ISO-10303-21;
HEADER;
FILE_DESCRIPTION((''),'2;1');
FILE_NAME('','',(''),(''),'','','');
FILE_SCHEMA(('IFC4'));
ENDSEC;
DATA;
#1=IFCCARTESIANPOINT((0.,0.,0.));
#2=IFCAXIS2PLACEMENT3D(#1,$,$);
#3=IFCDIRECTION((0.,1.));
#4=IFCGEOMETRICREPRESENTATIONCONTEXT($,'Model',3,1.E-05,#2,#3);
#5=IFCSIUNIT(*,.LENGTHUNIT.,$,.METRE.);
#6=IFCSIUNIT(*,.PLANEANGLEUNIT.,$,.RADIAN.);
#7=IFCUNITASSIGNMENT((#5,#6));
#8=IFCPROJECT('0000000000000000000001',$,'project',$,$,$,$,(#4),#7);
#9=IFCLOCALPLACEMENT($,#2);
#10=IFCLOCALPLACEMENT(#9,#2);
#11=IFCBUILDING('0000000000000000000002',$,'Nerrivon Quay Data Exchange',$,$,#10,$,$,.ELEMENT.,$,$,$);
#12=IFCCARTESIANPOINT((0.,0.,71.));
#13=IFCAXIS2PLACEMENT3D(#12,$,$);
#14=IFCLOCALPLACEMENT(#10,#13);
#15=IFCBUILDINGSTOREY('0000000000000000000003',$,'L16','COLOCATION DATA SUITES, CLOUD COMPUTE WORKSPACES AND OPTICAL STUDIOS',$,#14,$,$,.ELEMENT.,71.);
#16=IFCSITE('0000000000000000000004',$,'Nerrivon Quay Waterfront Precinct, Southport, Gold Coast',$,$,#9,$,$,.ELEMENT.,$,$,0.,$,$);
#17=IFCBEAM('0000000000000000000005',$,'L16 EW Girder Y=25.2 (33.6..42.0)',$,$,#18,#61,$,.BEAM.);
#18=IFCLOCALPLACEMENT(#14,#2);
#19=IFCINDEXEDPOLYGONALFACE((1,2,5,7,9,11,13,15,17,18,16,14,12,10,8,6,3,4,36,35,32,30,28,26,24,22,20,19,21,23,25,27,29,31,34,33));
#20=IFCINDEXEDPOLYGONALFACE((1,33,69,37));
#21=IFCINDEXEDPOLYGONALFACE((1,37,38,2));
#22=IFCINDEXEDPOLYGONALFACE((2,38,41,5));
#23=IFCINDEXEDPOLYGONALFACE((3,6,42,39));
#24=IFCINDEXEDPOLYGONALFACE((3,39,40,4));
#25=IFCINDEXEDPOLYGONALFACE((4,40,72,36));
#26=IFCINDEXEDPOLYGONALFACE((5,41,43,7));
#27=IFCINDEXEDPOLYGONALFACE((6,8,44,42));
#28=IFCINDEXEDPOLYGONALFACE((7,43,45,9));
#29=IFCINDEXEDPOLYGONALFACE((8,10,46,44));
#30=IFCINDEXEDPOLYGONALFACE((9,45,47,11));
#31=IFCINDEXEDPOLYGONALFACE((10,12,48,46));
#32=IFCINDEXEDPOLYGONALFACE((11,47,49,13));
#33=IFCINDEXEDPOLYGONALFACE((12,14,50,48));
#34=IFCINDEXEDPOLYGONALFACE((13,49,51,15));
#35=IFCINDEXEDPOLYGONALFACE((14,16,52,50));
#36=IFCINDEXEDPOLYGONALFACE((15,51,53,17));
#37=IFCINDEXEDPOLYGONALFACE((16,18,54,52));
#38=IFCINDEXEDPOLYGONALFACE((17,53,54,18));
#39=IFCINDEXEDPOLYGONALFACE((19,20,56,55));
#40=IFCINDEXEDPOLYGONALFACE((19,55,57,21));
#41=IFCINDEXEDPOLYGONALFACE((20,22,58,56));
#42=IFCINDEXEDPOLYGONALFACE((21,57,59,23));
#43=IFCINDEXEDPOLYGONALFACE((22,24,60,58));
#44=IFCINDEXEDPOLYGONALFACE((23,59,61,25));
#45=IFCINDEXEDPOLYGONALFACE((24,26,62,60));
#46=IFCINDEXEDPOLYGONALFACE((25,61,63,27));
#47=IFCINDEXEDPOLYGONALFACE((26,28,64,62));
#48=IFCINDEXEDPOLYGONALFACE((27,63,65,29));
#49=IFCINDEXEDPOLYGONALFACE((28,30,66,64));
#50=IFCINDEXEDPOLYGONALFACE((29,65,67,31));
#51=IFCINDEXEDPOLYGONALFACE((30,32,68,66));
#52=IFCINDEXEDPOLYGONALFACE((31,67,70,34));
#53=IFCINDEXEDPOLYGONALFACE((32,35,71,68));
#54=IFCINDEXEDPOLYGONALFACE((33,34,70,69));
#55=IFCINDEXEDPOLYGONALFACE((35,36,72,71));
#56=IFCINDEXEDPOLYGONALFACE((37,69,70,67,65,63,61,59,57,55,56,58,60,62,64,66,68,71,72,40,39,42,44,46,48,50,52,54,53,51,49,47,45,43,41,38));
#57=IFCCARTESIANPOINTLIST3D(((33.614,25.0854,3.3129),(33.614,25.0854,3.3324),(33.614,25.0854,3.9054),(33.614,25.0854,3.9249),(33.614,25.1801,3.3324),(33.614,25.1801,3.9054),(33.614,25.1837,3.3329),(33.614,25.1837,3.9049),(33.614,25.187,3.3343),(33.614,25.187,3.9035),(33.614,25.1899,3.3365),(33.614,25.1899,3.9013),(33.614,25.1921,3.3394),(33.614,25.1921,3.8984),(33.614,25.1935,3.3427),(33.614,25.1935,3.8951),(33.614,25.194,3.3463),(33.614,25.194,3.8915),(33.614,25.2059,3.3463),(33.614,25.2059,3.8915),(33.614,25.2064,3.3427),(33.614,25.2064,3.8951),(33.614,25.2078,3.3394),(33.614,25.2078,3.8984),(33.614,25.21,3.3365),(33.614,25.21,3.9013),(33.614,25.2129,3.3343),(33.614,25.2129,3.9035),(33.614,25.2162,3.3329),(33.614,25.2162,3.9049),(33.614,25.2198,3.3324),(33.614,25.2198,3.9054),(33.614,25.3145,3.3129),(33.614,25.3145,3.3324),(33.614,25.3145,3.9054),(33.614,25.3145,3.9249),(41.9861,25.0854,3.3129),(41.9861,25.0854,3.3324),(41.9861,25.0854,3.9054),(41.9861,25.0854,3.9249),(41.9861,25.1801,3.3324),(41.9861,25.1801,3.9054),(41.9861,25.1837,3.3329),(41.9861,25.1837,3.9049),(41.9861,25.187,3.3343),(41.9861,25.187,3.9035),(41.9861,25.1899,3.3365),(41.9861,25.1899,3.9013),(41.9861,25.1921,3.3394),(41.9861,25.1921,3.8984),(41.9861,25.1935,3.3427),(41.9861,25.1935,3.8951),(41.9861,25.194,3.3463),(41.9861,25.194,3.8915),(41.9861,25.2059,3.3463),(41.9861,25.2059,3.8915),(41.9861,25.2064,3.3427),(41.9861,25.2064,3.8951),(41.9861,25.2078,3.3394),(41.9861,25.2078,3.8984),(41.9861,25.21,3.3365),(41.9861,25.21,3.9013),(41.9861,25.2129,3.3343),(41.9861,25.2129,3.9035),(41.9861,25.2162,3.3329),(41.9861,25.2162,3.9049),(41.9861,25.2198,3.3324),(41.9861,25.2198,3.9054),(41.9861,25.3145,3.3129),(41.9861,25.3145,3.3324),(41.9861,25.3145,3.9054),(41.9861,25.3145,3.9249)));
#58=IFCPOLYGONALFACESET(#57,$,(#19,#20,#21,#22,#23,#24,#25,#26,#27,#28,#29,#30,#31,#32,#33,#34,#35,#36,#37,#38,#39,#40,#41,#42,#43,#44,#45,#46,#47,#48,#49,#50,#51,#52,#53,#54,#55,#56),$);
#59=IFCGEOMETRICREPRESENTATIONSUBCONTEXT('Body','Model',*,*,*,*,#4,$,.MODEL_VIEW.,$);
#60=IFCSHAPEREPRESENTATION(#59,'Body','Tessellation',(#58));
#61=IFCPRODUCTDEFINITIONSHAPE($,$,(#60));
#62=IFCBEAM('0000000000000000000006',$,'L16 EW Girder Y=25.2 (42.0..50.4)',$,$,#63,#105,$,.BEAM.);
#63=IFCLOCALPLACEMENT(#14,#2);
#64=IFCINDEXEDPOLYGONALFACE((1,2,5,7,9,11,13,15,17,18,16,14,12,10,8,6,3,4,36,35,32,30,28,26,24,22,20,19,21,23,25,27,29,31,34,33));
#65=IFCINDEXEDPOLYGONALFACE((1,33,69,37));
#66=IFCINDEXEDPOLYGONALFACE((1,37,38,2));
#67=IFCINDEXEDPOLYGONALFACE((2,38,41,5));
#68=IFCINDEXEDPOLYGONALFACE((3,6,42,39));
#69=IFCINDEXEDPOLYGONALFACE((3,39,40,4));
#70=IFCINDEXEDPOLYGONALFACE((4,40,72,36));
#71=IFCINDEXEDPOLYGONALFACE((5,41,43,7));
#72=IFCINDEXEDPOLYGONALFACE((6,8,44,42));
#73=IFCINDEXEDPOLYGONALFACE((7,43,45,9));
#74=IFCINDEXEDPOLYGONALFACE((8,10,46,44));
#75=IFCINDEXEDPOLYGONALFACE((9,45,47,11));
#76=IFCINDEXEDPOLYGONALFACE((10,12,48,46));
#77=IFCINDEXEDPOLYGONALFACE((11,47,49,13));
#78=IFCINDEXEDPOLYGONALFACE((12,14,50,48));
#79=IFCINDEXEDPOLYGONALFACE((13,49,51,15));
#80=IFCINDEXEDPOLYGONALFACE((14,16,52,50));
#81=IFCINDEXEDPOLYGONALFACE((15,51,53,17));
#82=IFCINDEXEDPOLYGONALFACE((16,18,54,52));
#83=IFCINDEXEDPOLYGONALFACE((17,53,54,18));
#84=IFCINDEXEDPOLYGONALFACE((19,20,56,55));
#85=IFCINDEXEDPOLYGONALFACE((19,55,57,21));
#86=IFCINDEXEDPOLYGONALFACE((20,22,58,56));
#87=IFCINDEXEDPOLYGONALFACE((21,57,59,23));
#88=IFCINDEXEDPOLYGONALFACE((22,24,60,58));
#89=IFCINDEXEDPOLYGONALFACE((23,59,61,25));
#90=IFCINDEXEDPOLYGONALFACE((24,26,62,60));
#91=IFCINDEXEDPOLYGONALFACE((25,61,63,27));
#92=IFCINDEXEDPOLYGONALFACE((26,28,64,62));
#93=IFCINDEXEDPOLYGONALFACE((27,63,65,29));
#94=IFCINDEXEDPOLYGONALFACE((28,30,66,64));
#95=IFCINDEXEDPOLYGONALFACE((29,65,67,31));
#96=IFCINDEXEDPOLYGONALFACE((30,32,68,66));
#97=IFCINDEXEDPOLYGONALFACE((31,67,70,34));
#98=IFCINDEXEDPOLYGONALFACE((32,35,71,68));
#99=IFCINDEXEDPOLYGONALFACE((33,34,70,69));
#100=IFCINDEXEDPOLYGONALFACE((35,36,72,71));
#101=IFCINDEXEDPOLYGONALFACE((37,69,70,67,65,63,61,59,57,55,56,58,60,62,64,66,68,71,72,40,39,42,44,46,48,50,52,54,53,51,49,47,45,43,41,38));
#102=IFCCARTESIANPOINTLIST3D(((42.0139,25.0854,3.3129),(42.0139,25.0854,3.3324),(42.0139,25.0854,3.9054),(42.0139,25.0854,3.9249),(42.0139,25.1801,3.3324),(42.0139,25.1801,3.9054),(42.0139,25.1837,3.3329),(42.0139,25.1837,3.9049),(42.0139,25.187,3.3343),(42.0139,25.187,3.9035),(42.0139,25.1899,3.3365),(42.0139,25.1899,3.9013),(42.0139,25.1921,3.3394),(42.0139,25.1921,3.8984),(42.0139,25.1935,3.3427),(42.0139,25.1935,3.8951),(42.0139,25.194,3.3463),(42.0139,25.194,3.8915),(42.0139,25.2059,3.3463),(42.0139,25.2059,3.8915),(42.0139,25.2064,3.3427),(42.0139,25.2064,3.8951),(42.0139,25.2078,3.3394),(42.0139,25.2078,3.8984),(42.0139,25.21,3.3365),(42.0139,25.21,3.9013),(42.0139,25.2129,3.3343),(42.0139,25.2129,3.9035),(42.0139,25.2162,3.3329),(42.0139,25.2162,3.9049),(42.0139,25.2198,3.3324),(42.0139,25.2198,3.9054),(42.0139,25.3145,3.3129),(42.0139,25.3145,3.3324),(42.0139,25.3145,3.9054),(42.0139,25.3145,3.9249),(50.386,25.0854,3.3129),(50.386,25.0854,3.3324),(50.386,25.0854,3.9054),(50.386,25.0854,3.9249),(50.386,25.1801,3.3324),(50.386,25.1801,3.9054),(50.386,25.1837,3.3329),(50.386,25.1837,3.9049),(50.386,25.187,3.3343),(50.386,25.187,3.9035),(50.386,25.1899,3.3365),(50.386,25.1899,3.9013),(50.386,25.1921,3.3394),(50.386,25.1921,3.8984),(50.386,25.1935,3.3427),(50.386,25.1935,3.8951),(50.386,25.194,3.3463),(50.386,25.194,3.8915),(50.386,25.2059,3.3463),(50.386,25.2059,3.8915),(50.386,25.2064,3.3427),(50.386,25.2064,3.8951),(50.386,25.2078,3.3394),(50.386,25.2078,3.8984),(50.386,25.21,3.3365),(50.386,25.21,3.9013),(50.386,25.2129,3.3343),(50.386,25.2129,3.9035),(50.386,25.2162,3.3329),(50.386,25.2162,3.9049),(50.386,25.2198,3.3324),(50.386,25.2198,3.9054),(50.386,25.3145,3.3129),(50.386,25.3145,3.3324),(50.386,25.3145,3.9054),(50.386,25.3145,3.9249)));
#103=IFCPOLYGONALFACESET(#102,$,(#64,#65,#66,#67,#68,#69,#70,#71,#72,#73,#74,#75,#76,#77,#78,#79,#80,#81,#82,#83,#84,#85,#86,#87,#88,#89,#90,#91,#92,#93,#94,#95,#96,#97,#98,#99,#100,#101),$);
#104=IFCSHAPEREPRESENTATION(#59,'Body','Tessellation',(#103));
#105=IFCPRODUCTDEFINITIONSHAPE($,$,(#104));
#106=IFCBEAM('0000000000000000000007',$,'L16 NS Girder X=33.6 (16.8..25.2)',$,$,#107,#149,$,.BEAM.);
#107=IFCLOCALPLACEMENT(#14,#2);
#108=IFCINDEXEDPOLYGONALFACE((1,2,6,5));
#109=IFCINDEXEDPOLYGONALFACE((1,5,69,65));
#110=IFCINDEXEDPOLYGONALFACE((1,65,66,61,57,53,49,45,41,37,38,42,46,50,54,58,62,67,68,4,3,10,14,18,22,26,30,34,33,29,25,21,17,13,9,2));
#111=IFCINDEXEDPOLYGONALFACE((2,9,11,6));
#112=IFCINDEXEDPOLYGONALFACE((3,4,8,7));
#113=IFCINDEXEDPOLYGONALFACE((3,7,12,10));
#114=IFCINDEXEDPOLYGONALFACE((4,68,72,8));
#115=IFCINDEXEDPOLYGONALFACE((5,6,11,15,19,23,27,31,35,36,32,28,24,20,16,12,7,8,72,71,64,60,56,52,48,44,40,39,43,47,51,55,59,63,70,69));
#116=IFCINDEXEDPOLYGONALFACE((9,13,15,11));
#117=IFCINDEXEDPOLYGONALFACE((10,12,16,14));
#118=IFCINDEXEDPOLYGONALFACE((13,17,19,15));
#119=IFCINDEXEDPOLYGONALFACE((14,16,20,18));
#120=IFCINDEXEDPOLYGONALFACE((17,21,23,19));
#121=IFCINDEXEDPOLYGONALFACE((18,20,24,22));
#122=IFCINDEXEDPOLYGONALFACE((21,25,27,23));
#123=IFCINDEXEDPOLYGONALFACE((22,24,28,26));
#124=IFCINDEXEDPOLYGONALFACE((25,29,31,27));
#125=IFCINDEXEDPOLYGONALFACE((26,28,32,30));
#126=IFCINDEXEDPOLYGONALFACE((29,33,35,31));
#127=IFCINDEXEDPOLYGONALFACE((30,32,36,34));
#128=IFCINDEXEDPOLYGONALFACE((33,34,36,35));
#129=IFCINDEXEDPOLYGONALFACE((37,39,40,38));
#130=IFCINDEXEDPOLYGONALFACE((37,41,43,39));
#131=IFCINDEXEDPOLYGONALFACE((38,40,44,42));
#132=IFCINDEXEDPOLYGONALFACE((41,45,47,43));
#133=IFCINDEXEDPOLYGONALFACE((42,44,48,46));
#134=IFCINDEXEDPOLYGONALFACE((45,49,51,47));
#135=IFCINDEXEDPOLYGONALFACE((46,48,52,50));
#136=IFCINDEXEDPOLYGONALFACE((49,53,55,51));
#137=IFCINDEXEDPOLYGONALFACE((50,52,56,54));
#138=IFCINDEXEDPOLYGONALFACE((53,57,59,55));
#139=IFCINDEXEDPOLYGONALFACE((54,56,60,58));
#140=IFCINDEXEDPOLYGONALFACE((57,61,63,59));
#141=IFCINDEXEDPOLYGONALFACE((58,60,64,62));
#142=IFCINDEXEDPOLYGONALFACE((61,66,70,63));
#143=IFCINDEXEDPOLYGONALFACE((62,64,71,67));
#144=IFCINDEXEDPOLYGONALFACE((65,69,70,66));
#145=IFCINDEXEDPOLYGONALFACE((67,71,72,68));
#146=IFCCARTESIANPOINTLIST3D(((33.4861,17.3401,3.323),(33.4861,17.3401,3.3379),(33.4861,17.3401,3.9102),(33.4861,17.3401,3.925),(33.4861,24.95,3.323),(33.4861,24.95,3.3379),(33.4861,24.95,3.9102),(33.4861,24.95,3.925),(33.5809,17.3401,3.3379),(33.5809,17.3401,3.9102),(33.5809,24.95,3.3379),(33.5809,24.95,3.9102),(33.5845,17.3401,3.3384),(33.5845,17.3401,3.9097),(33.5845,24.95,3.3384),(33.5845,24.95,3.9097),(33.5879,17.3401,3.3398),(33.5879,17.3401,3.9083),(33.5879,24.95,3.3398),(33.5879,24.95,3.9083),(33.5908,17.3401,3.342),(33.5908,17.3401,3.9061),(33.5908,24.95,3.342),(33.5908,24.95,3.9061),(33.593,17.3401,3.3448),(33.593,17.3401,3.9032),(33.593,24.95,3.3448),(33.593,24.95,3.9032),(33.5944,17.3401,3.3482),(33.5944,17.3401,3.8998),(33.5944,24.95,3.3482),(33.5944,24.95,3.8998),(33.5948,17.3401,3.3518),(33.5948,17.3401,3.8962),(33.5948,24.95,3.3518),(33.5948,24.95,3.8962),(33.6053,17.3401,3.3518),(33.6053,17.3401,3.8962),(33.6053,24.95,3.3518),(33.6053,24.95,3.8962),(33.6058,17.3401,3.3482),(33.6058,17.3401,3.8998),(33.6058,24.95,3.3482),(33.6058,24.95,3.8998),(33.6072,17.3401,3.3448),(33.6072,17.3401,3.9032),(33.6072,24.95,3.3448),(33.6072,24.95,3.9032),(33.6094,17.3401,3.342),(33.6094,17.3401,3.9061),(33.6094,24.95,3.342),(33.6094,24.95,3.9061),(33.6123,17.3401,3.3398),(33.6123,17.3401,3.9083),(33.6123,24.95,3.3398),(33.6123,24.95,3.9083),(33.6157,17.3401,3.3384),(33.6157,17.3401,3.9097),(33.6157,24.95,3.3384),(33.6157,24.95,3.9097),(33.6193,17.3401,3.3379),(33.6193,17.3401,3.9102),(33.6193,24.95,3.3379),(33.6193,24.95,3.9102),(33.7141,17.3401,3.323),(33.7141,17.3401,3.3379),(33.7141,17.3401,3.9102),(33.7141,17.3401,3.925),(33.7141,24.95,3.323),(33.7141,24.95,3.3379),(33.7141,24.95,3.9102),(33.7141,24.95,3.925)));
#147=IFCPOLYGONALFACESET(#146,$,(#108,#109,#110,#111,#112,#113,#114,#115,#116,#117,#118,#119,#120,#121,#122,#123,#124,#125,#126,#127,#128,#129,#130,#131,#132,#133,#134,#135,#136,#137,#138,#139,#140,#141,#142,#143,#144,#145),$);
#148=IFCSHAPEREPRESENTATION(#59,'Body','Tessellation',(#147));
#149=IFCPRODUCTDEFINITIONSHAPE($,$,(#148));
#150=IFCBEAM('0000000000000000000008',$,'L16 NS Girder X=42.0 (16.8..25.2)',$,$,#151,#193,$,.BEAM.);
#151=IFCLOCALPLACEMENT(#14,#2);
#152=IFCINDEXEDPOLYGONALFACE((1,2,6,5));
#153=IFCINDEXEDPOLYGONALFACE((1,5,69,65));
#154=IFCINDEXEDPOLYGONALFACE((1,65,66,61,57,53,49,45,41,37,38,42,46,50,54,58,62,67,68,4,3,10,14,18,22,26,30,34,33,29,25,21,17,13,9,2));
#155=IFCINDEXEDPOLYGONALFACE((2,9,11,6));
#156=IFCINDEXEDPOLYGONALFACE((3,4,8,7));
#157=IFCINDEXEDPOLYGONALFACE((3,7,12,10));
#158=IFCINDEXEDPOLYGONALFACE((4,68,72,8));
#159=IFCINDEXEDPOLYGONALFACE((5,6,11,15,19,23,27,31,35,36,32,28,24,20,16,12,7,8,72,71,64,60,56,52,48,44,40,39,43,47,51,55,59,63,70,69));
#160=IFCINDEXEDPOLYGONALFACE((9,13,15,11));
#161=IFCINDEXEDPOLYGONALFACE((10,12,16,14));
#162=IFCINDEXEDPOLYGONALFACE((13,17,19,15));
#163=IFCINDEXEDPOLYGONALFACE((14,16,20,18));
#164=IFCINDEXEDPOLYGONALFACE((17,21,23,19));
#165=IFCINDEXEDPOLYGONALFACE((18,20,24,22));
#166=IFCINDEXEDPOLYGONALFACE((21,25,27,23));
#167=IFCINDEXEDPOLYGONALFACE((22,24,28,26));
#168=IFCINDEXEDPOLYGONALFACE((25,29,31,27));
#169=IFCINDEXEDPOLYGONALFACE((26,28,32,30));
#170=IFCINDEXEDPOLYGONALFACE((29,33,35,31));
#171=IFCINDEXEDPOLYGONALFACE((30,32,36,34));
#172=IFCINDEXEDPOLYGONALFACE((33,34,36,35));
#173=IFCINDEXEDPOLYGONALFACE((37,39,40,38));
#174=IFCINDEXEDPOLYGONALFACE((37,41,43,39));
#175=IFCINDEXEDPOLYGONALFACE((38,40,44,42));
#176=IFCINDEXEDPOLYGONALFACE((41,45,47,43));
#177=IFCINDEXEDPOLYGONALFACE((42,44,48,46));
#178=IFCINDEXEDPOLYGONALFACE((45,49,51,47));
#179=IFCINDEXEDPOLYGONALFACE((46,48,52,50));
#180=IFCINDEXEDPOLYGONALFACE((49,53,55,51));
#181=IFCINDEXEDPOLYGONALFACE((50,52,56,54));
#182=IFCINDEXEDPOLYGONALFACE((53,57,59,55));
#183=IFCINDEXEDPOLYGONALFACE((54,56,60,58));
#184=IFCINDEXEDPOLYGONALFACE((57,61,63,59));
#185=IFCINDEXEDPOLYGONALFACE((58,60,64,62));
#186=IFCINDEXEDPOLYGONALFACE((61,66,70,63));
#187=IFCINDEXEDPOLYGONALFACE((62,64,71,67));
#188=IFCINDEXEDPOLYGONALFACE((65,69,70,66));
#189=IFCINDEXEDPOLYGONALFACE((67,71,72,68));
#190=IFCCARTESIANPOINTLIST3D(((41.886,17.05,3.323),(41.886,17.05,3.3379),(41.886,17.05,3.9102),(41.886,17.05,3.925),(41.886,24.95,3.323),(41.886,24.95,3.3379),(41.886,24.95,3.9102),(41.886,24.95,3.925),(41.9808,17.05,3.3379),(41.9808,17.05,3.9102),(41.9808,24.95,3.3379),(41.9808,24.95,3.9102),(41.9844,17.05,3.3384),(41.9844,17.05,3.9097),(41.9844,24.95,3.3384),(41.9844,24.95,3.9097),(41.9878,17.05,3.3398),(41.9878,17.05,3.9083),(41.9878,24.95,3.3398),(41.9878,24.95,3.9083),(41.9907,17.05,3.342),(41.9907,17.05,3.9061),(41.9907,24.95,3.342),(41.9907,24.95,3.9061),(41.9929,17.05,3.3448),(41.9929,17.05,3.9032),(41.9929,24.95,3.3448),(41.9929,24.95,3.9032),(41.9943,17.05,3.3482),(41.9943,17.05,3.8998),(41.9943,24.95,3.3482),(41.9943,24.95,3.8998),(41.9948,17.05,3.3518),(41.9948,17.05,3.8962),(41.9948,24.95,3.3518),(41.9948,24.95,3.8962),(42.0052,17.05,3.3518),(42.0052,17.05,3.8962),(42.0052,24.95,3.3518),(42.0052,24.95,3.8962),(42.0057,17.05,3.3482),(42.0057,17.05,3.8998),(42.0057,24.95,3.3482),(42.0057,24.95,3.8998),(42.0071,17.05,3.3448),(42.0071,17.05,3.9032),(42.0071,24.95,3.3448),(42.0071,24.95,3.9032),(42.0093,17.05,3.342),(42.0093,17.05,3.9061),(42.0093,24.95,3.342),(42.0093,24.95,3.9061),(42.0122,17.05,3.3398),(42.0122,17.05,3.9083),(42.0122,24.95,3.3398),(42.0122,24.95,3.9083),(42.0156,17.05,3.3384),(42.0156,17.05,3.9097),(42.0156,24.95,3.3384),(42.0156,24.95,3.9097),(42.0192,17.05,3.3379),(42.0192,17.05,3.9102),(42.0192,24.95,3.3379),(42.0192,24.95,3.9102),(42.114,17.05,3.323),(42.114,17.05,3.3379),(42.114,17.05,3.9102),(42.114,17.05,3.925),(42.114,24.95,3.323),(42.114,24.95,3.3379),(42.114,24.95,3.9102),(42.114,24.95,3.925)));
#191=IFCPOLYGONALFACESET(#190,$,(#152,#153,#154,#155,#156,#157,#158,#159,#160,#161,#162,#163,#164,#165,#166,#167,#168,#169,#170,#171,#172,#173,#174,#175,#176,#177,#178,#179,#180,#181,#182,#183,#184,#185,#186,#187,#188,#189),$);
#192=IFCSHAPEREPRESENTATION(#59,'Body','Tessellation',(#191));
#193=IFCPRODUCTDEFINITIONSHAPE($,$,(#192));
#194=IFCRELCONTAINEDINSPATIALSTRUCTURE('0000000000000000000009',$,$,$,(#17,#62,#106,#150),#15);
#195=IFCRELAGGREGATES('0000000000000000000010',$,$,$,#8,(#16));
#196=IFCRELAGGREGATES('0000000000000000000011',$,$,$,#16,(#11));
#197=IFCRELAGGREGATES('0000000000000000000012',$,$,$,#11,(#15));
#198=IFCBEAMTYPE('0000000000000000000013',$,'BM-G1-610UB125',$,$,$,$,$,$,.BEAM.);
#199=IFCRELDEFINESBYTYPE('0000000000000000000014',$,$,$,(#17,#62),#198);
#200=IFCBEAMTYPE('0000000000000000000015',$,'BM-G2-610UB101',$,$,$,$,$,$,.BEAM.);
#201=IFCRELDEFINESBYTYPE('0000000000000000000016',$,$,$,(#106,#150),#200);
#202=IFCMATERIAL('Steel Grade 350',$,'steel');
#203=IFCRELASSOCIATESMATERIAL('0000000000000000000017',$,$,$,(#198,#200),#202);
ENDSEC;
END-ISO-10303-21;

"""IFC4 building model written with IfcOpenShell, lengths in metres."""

from ifc_helpers import new_model, si_unit, direction, frame, origin, origin_2d, place, context, subcontext, project, spatial, i_section, extrude, material, material_profile, profile_set, type_object, element, save


model = new_model("IFC4")

# Units and contexts
model_context = context("Model", 3, precision=1e-05, world=origin(), true_north=direction((0.0, 1.0)))
body_context = subcontext(model_context, "Body", "Model", "MODEL_VIEW")
ifc_project = project(units=[si_unit("LENGTHUNIT", "METRE"), si_unit("PLANEANGLEUNIT", "RADIAN")], contexts=[model_context])

# Site, building, storey
site_placement = place(None, origin())
site = spatial("IfcSite", under=ifc_project, at=site_placement, Name="Nerrivon Quay Waterfront Precinct, Southport, Gold Coast", CompositionType="ELEMENT", RefElevation=0.0)
building_placement = place(site_placement, origin())
building = spatial("IfcBuilding", under=site, at=building_placement, Name="Nerrivon Quay Data Exchange", CompositionType="ELEMENT")
storey_placement = place(building_placement, frame((0.0, 0.0, 71.0)))
storey = spatial("IfcBuildingStorey", under=building, at=storey_placement, Name="L16", Description="COLOCATION DATA SUITES, CLOUD COMPUTE WORKSPACES AND OPTICAL STUDIOS", CompositionType="ELEMENT", Elevation=71.0)

# Shared definitions
ifc_material_1 = material(Name="Steel Grade 350", Category="steel")

# Beams
ifc_material_profile_1 = material_profile(ifc_material_1, i_section(OverallWidth=0.229, OverallDepth=0.6121, WebThickness=0.012, FlangeThickness=0.0195, FilletRadius=0.0139, at=origin_2d()), Name="610UB125")
ifc_profile_set_1 = profile_set([ifc_material_profile_1], Name="Steel Grade 350")
beam_type_1 = type_object("IfcBeamType", Name="BM-G1-610UB125", PredefinedType="BEAM", material=ifc_profile_set_1)
for number, where, z_axis, x_axis, name in (
    (1, (33.614, 25.2, 3.6189), (1.0, 0.0, 0.0), (0.0, 1.0, 0.0), "L16 EW Girder Y=25.2 (33.6..42.0)"),
    (2, (42.0139, 25.2, 3.6189), (1.0, 0.0, 0.0), (0.0, 1.0, 0.0), "L16 EW Girder Y=25.2 (42.0..50.4)"),
):
    element("IfcBeam", number, at=place(storey_placement, frame(where, z_axis=z_axis, x_axis=x_axis)), inside=storey, type_object=beam_type_1, Name=name, PredefinedType="BEAM", context=body_context, shape_type="SweptSolid", body=[
        extrude(i_section(OverallWidth=0.229, OverallDepth=0.6121, WebThickness=0.012, FlangeThickness=0.0195, FilletRadius=0.0139, at=origin_2d()), origin(), (0.0, 0.0, 1.0), 8.3721),
    ])
ifc_material_profile_2 = material_profile(ifc_material_1, i_section(OverallWidth=0.228, OverallDepth=0.6021, WebThickness=0.0105, FlangeThickness=0.0149, FilletRadius=0.0139, at=origin_2d()), Name="610UB101")
ifc_profile_set_2 = profile_set([ifc_material_profile_2], Name="Steel Grade 350")
beam_type_2 = type_object("IfcBeamType", Name="BM-G2-610UB101", PredefinedType="BEAM", material=ifc_profile_set_2)
beam_1_placement = place(storey_placement, frame((33.6001, 17.3401, 3.624), z_axis=(0.0, 1.0, 0.0), x_axis=(-1.0, 0.0, 0.0)))
element("IfcBeam", 3, at=beam_1_placement, inside=storey, type_object=beam_type_2, Name="L16 NS Girder X=33.6 (16.8..25.2)", PredefinedType="BEAM", context=body_context, shape_type="SweptSolid", body=[
    extrude(i_section(OverallWidth=0.228, OverallDepth=0.6021, WebThickness=0.0105, FlangeThickness=0.0149, FilletRadius=0.0139, at=origin_2d()), origin(), (0.0, 0.0, 1.0), 7.6099),
])
beam_2_placement = place(storey_placement, frame((42.0, 17.05, 3.624), z_axis=(0.0, 1.0, 0.0), x_axis=(-1.0, 0.0, 0.0)))
element("IfcBeam", 4, at=beam_2_placement, inside=storey, type_object=beam_type_2, Name="L16 NS Girder X=42.0 (16.8..25.2)", PredefinedType="BEAM", context=body_context, shape_type="SweptSolid", body=[
    extrude(i_section(OverallWidth=0.228, OverallDepth=0.6021, WebThickness=0.0105, FlangeThickness=0.0149, FilletRadius=0.0139, at=origin_2d()), origin(), (0.0, 0.0, 1.0), 7.8999),
])

save(model, "model.ifc")
